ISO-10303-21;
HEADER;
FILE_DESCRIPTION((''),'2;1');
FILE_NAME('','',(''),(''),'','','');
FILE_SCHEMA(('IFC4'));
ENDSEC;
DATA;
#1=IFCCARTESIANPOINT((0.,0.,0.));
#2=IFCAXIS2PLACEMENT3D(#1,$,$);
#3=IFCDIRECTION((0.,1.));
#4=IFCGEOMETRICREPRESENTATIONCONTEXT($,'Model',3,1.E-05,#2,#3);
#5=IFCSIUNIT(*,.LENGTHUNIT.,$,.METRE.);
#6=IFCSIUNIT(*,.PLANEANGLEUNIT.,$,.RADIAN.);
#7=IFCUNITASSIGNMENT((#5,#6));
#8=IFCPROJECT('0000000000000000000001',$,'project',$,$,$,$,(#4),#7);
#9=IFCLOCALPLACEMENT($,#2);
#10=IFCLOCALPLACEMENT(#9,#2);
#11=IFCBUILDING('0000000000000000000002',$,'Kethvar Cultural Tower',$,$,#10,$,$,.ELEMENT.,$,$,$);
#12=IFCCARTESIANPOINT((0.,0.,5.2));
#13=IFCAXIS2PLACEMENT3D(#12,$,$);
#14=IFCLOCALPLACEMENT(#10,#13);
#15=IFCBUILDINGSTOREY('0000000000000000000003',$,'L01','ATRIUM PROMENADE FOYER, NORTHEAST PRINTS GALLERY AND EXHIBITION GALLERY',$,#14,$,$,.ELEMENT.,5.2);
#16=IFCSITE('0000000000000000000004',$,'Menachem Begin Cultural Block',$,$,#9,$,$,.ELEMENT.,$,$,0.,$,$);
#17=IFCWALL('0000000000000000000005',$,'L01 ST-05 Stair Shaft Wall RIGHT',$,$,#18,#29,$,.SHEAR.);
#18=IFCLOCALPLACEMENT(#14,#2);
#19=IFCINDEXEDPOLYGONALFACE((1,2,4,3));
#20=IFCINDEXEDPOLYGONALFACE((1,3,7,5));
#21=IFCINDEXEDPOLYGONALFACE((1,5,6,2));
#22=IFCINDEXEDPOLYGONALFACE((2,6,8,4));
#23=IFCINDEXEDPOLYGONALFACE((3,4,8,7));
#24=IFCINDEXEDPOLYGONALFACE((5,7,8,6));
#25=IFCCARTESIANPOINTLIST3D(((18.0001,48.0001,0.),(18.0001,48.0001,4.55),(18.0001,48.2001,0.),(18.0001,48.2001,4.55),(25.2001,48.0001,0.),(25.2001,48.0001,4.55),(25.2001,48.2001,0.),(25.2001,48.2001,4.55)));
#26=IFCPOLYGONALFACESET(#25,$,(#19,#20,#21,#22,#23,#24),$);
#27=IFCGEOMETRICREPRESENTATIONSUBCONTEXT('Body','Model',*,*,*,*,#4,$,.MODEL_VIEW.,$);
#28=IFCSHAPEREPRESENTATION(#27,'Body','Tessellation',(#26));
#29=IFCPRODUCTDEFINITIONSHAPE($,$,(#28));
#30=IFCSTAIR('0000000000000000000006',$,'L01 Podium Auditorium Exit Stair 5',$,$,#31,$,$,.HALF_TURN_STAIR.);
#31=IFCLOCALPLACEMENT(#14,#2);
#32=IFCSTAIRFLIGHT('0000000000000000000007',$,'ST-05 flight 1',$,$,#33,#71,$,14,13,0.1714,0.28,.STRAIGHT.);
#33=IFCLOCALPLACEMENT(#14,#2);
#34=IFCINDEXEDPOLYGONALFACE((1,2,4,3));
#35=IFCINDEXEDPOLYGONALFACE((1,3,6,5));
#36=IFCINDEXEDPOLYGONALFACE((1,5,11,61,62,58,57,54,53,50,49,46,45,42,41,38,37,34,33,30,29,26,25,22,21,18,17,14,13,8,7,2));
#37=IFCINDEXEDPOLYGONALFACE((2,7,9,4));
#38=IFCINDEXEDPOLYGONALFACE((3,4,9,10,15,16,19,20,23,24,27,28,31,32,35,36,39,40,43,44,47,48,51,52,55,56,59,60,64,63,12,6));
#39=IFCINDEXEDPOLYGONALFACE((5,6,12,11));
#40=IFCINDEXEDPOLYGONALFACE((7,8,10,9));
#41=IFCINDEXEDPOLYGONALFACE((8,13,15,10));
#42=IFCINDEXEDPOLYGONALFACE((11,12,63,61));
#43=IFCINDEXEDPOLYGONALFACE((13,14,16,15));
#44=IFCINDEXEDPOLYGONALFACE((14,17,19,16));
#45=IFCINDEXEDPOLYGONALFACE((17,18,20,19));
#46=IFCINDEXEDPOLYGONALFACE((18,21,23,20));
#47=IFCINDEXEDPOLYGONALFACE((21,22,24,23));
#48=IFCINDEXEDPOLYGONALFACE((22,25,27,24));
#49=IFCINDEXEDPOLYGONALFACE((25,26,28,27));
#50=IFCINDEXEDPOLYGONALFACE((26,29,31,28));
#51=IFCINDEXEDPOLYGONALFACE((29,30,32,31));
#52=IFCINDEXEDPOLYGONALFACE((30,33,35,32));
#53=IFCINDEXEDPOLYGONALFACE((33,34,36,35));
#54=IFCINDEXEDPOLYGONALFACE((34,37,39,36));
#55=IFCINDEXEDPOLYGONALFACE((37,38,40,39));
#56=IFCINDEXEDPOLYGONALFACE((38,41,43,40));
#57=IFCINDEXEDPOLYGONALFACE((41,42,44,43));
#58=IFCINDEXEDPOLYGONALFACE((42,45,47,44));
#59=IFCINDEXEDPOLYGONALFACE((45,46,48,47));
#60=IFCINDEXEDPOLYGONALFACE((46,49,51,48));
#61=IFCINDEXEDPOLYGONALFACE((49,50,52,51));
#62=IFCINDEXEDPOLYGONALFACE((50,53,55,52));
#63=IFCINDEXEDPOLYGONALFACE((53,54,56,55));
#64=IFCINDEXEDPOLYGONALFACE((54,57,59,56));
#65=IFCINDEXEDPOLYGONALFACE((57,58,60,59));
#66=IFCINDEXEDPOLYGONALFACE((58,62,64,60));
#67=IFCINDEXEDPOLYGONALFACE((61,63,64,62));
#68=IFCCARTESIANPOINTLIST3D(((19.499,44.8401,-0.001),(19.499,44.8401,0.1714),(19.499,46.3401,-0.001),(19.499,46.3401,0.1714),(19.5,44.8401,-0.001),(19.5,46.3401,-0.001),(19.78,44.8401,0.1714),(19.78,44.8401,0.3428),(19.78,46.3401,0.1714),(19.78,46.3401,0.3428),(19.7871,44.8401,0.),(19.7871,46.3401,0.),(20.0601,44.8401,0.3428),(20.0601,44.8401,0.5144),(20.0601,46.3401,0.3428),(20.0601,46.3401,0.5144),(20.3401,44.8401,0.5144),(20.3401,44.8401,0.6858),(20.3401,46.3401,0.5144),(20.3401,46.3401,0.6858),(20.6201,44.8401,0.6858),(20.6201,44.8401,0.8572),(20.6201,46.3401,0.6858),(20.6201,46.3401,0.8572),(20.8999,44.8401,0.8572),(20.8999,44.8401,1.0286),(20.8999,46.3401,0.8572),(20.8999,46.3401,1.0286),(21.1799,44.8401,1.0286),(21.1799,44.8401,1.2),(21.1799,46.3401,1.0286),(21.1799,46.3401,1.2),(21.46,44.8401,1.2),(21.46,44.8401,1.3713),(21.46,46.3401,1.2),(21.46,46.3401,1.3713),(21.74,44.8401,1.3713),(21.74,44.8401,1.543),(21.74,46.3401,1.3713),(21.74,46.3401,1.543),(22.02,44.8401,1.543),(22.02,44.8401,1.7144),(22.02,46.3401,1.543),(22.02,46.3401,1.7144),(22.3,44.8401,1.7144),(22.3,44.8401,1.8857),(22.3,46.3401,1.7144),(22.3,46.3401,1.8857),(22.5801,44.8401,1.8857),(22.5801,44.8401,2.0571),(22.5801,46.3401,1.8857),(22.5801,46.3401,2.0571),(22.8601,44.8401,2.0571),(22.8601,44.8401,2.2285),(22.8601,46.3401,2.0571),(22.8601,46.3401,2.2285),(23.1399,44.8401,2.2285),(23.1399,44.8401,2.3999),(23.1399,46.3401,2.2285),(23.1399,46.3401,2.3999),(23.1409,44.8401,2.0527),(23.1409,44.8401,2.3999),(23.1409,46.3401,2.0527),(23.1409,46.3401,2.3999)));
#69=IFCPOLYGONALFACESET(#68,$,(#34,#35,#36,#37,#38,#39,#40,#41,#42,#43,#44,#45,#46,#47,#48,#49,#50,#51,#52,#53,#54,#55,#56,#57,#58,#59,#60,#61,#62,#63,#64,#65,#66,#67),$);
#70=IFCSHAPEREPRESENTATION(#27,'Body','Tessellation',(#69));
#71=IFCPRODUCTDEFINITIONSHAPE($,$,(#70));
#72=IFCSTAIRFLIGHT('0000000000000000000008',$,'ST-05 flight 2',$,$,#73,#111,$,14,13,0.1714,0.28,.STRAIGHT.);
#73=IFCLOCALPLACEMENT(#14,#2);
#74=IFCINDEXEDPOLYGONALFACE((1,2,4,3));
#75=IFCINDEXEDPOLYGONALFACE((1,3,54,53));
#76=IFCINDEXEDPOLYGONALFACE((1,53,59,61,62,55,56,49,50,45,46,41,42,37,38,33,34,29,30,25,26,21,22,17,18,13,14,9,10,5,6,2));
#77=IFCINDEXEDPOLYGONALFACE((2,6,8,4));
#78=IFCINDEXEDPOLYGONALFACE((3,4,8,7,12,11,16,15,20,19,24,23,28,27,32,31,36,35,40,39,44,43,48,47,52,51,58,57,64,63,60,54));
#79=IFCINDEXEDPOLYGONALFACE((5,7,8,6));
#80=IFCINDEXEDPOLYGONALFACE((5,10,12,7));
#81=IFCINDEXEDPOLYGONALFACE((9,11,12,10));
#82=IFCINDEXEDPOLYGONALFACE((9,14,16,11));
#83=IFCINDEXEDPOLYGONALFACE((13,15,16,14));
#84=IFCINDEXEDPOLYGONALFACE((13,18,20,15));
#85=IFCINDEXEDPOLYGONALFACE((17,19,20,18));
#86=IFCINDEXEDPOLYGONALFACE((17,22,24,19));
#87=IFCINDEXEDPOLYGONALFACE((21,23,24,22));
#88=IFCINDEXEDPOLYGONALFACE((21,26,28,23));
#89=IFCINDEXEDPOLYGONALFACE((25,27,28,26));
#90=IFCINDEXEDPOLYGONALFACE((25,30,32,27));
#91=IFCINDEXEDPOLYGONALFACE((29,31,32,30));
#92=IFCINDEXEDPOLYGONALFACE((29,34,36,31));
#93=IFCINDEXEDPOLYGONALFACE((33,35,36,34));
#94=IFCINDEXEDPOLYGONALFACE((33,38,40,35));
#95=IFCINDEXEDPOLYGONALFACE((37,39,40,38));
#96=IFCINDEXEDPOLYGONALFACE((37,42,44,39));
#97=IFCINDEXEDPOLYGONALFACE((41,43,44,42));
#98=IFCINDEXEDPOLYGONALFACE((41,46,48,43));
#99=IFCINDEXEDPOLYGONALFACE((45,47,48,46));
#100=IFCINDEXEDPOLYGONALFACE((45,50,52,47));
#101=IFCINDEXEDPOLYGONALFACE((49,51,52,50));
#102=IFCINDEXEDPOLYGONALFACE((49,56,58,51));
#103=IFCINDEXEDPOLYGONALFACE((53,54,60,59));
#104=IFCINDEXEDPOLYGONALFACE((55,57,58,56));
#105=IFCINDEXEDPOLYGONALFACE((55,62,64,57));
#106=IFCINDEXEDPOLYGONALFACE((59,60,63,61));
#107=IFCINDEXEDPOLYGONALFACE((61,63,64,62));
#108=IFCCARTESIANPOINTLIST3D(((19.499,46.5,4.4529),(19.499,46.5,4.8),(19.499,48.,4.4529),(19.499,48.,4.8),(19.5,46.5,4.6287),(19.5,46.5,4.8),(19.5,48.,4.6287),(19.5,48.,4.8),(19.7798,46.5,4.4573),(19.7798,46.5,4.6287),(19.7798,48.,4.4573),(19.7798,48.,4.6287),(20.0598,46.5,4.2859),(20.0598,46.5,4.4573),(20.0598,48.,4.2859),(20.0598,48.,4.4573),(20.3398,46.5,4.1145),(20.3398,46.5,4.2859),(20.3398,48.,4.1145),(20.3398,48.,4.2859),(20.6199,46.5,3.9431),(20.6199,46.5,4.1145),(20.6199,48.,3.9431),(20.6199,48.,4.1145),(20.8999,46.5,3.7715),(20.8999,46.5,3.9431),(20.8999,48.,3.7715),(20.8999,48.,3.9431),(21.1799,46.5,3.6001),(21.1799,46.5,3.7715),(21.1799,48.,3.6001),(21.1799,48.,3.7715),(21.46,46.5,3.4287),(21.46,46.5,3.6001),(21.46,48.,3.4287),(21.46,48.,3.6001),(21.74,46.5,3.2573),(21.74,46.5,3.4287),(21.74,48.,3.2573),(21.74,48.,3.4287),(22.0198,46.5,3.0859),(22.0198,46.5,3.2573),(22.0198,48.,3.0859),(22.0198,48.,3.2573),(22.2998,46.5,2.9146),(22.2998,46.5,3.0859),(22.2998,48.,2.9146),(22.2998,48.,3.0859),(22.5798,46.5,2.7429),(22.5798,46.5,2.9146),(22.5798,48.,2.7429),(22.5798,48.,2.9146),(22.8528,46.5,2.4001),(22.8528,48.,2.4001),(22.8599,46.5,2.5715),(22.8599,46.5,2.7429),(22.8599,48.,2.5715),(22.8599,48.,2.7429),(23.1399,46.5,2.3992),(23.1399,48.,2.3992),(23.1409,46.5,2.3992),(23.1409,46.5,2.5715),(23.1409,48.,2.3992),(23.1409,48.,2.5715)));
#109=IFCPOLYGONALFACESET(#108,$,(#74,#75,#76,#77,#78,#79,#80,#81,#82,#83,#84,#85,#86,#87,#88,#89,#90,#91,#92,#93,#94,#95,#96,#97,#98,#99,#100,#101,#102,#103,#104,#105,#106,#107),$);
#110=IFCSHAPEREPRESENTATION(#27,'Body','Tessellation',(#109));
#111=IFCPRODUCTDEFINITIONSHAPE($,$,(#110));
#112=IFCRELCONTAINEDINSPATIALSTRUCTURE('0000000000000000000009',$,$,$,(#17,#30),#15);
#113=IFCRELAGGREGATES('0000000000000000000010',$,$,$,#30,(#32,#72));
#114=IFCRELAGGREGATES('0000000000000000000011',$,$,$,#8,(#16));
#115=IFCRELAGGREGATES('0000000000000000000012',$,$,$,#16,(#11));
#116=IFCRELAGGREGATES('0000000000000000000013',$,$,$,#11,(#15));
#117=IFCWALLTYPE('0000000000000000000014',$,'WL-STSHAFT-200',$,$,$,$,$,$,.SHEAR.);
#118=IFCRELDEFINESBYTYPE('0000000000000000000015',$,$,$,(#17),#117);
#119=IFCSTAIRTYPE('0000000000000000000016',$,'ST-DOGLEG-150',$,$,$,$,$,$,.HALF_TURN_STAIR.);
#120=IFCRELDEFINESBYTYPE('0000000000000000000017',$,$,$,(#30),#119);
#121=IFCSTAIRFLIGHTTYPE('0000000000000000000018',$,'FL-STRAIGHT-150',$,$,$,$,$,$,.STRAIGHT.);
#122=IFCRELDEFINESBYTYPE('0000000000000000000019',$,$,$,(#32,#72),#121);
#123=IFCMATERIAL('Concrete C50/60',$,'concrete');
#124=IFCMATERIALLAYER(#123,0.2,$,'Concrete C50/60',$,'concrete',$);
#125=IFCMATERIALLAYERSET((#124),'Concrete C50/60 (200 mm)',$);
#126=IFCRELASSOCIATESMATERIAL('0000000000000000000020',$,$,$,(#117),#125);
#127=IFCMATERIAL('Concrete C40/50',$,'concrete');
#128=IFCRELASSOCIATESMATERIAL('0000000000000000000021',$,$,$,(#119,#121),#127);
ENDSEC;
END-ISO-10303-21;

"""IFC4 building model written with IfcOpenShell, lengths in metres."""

from ifc_helpers import new_model, si_unit, direction, frame, frame_2d, origin, place, context, subcontext, project, spatial, polyline, rectangle, outline, extrude, material, layer, layer_set, type_object, element, aggregate, save


model = new_model("IFC4")

# Units and contexts
model_context = context("Model", 3, precision=1e-05, world=origin(), true_north=direction((0.0, 1.0)))
body_context = subcontext(model_context, "Body", "Model", "MODEL_VIEW")
ifc_project = project(units=[si_unit("LENGTHUNIT", "METRE"), si_unit("PLANEANGLEUNIT", "RADIAN")], contexts=[model_context])

# Site, building, storey
site_placement = place(None, origin())
site = spatial("IfcSite", under=ifc_project, at=site_placement, Name="Menachem Begin Cultural Block", CompositionType="ELEMENT", RefElevation=0.0)
building_placement = place(site_placement, origin())
building = spatial("IfcBuilding", under=site, at=building_placement, Name="Kethvar Cultural Tower", CompositionType="ELEMENT")
storey_placement = place(building_placement, frame((0.0, 0.0, 5.2)))
storey = spatial("IfcBuildingStorey", under=building, at=storey_placement, Name="L01", Description="ATRIUM PROMENADE FOYER, NORTHEAST PRINTS GALLERY AND EXHIBITION GALLERY", CompositionType="ELEMENT", Elevation=5.2)

# Wall
ifc_material_1 = material(Name="Concrete C50/60", Category="concrete")
ifc_layer_1 = layer(ifc_material_1, 0.2, Name="Concrete C50/60", Category="concrete")
ifc_layer_set_1 = layer_set([ifc_layer_1], Name="Concrete C50/60 (200 mm)")
wall_type = type_object("IfcWallType", Name="WL-STSHAFT-200", PredefinedType="SHEAR", material=ifc_layer_set_1)
wall_placement = place(storey_placement, frame((18.0, 48.1001, 0.0), z_axis=(0.0, 0.0, 1.0), x_axis=(1.0, 0.0, 0.0)))
element("IfcWall", 1, at=wall_placement, inside=storey, type_object=wall_type, Name="L01 ST-05 Stair Shaft Wall RIGHT", PredefinedType="SHEAR", context=body_context, shape_type="SweptSolid", body=[
    extrude(rectangle(XDim=7.2, YDim=0.2, at=frame_2d((3.6001, 0.0))), origin(), (0.0, 0.0, 1.0), 4.55),
])

# Stair, stair flights
ifc_material_2 = material(Name="Concrete C40/50", Category="concrete")
stair_type = type_object("IfcStairType", Name="ST-DOGLEG-150", PredefinedType="HALF_TURN_STAIR", material=ifc_material_2)
stair_placement = place(storey_placement, origin())
stair = element("IfcStair", 2, at=stair_placement, inside=storey, type_object=stair_type, Name="L01 Podium Auditorium Exit Stair 5", PredefinedType="HALF_TURN_STAIR")
stair_flight_type = type_object("IfcStairFlightType", Name="FL-STRAIGHT-150", PredefinedType="STRAIGHT", material=ifc_material_2)
stair_flight_1_placement = place(storey_placement, frame((19.5, 45.5901, 0.0), z_axis=(0.0, 0.0, 1.0), x_axis=(1.0, 0.0, 0.0)))
stair_flight_1 = element("IfcStairFlight", 3, at=stair_flight_1_placement, type_object=stair_flight_type, Name="ST-05 flight 1", NumberOfRisers=14, NumberOfTreads=13, PredefinedType="STRAIGHT", RiserHeight=0.1714, TreadLength=0.28, context=body_context, shape_type="SweptSolid", body=[
    extrude(outline(polyline([(-0.001, -0.001), (-0.001, 0.1714), (0.28, 0.1714), (0.28, 0.3428), (0.5601, 0.3428), (0.5601, 0.5144), (0.8401, 0.5144), (0.8401, 0.6858), (1.1201, 0.6858), (1.1201, 0.8572), (1.3999, 0.8572), (1.3999, 1.0286), (1.6799, 1.0286), (1.6799, 1.2), (1.96, 1.2), (1.96, 1.3713), (2.24, 1.3713), (2.24, 1.543), (2.52, 1.543), (2.52, 1.7144), (2.8, 1.7144), (2.8, 1.8857), (3.0801, 1.8857), (3.0801, 2.0571), (3.3601, 2.0571), (3.3601, 2.2285), (3.6399, 2.2285), (3.6399, 2.3999), (3.6409, 2.3999), (3.6409, 2.0527), (0.2871, 0.0), (0.0, -0.001), (-0.001, -0.001)])), frame((0.0, 0.75, 0.0), z_axis=(0.0, -1.0, 0.0), x_axis=(1.0, 0.0, 0.0)), (0.0, 0.0, 1.0), 1.5),
])
stair_flight_2_placement = place(storey_placement, frame((23.1399, 47.25, 2.4001), z_axis=(0.0, 0.0, 1.0), x_axis=(-1.0, 0.0, 0.0)))
stair_flight_2 = element("IfcStairFlight", 4, at=stair_flight_2_placement, type_object=stair_flight_type, Name="ST-05 flight 2", NumberOfRisers=14, NumberOfTreads=13, PredefinedType="STRAIGHT", RiserHeight=0.1714, TreadLength=0.28, context=body_context, shape_type="SweptSolid", body=[
    extrude(outline(polyline([(-0.001, -0.001), (-0.001, 0.1714), (0.28, 0.1714), (0.28, 0.3428), (0.5601, 0.3428), (0.5601, 0.5144), (0.8401, 0.5144), (0.8401, 0.6858), (1.1201, 0.6858), (1.1201, 0.8572), (1.3999, 0.8572), (1.3999, 1.0286), (1.6799, 1.0286), (1.6799, 1.2), (1.96, 1.2), (1.96, 1.3713), (2.24, 1.3713), (2.24, 1.543), (2.52, 1.543), (2.52, 1.7144), (2.8, 1.7144), (2.8, 1.8857), (3.0801, 1.8857), (3.0801, 2.0571), (3.3601, 2.0571), (3.3601, 2.2285), (3.6399, 2.2285), (3.6399, 2.3999), (3.6409, 2.3999), (3.6409, 2.0527), (0.2871, 0.0), (0.0, -0.001), (-0.001, -0.001)])), frame((0.0, 0.75, 0.0), z_axis=(0.0, -1.0, 0.0), x_axis=(1.0, 0.0, 0.0)), (0.0, 0.0, 1.0), 1.5),
])
aggregate(stair, [stair_flight_1, stair_flight_2])

save(model, "model.ifc")
